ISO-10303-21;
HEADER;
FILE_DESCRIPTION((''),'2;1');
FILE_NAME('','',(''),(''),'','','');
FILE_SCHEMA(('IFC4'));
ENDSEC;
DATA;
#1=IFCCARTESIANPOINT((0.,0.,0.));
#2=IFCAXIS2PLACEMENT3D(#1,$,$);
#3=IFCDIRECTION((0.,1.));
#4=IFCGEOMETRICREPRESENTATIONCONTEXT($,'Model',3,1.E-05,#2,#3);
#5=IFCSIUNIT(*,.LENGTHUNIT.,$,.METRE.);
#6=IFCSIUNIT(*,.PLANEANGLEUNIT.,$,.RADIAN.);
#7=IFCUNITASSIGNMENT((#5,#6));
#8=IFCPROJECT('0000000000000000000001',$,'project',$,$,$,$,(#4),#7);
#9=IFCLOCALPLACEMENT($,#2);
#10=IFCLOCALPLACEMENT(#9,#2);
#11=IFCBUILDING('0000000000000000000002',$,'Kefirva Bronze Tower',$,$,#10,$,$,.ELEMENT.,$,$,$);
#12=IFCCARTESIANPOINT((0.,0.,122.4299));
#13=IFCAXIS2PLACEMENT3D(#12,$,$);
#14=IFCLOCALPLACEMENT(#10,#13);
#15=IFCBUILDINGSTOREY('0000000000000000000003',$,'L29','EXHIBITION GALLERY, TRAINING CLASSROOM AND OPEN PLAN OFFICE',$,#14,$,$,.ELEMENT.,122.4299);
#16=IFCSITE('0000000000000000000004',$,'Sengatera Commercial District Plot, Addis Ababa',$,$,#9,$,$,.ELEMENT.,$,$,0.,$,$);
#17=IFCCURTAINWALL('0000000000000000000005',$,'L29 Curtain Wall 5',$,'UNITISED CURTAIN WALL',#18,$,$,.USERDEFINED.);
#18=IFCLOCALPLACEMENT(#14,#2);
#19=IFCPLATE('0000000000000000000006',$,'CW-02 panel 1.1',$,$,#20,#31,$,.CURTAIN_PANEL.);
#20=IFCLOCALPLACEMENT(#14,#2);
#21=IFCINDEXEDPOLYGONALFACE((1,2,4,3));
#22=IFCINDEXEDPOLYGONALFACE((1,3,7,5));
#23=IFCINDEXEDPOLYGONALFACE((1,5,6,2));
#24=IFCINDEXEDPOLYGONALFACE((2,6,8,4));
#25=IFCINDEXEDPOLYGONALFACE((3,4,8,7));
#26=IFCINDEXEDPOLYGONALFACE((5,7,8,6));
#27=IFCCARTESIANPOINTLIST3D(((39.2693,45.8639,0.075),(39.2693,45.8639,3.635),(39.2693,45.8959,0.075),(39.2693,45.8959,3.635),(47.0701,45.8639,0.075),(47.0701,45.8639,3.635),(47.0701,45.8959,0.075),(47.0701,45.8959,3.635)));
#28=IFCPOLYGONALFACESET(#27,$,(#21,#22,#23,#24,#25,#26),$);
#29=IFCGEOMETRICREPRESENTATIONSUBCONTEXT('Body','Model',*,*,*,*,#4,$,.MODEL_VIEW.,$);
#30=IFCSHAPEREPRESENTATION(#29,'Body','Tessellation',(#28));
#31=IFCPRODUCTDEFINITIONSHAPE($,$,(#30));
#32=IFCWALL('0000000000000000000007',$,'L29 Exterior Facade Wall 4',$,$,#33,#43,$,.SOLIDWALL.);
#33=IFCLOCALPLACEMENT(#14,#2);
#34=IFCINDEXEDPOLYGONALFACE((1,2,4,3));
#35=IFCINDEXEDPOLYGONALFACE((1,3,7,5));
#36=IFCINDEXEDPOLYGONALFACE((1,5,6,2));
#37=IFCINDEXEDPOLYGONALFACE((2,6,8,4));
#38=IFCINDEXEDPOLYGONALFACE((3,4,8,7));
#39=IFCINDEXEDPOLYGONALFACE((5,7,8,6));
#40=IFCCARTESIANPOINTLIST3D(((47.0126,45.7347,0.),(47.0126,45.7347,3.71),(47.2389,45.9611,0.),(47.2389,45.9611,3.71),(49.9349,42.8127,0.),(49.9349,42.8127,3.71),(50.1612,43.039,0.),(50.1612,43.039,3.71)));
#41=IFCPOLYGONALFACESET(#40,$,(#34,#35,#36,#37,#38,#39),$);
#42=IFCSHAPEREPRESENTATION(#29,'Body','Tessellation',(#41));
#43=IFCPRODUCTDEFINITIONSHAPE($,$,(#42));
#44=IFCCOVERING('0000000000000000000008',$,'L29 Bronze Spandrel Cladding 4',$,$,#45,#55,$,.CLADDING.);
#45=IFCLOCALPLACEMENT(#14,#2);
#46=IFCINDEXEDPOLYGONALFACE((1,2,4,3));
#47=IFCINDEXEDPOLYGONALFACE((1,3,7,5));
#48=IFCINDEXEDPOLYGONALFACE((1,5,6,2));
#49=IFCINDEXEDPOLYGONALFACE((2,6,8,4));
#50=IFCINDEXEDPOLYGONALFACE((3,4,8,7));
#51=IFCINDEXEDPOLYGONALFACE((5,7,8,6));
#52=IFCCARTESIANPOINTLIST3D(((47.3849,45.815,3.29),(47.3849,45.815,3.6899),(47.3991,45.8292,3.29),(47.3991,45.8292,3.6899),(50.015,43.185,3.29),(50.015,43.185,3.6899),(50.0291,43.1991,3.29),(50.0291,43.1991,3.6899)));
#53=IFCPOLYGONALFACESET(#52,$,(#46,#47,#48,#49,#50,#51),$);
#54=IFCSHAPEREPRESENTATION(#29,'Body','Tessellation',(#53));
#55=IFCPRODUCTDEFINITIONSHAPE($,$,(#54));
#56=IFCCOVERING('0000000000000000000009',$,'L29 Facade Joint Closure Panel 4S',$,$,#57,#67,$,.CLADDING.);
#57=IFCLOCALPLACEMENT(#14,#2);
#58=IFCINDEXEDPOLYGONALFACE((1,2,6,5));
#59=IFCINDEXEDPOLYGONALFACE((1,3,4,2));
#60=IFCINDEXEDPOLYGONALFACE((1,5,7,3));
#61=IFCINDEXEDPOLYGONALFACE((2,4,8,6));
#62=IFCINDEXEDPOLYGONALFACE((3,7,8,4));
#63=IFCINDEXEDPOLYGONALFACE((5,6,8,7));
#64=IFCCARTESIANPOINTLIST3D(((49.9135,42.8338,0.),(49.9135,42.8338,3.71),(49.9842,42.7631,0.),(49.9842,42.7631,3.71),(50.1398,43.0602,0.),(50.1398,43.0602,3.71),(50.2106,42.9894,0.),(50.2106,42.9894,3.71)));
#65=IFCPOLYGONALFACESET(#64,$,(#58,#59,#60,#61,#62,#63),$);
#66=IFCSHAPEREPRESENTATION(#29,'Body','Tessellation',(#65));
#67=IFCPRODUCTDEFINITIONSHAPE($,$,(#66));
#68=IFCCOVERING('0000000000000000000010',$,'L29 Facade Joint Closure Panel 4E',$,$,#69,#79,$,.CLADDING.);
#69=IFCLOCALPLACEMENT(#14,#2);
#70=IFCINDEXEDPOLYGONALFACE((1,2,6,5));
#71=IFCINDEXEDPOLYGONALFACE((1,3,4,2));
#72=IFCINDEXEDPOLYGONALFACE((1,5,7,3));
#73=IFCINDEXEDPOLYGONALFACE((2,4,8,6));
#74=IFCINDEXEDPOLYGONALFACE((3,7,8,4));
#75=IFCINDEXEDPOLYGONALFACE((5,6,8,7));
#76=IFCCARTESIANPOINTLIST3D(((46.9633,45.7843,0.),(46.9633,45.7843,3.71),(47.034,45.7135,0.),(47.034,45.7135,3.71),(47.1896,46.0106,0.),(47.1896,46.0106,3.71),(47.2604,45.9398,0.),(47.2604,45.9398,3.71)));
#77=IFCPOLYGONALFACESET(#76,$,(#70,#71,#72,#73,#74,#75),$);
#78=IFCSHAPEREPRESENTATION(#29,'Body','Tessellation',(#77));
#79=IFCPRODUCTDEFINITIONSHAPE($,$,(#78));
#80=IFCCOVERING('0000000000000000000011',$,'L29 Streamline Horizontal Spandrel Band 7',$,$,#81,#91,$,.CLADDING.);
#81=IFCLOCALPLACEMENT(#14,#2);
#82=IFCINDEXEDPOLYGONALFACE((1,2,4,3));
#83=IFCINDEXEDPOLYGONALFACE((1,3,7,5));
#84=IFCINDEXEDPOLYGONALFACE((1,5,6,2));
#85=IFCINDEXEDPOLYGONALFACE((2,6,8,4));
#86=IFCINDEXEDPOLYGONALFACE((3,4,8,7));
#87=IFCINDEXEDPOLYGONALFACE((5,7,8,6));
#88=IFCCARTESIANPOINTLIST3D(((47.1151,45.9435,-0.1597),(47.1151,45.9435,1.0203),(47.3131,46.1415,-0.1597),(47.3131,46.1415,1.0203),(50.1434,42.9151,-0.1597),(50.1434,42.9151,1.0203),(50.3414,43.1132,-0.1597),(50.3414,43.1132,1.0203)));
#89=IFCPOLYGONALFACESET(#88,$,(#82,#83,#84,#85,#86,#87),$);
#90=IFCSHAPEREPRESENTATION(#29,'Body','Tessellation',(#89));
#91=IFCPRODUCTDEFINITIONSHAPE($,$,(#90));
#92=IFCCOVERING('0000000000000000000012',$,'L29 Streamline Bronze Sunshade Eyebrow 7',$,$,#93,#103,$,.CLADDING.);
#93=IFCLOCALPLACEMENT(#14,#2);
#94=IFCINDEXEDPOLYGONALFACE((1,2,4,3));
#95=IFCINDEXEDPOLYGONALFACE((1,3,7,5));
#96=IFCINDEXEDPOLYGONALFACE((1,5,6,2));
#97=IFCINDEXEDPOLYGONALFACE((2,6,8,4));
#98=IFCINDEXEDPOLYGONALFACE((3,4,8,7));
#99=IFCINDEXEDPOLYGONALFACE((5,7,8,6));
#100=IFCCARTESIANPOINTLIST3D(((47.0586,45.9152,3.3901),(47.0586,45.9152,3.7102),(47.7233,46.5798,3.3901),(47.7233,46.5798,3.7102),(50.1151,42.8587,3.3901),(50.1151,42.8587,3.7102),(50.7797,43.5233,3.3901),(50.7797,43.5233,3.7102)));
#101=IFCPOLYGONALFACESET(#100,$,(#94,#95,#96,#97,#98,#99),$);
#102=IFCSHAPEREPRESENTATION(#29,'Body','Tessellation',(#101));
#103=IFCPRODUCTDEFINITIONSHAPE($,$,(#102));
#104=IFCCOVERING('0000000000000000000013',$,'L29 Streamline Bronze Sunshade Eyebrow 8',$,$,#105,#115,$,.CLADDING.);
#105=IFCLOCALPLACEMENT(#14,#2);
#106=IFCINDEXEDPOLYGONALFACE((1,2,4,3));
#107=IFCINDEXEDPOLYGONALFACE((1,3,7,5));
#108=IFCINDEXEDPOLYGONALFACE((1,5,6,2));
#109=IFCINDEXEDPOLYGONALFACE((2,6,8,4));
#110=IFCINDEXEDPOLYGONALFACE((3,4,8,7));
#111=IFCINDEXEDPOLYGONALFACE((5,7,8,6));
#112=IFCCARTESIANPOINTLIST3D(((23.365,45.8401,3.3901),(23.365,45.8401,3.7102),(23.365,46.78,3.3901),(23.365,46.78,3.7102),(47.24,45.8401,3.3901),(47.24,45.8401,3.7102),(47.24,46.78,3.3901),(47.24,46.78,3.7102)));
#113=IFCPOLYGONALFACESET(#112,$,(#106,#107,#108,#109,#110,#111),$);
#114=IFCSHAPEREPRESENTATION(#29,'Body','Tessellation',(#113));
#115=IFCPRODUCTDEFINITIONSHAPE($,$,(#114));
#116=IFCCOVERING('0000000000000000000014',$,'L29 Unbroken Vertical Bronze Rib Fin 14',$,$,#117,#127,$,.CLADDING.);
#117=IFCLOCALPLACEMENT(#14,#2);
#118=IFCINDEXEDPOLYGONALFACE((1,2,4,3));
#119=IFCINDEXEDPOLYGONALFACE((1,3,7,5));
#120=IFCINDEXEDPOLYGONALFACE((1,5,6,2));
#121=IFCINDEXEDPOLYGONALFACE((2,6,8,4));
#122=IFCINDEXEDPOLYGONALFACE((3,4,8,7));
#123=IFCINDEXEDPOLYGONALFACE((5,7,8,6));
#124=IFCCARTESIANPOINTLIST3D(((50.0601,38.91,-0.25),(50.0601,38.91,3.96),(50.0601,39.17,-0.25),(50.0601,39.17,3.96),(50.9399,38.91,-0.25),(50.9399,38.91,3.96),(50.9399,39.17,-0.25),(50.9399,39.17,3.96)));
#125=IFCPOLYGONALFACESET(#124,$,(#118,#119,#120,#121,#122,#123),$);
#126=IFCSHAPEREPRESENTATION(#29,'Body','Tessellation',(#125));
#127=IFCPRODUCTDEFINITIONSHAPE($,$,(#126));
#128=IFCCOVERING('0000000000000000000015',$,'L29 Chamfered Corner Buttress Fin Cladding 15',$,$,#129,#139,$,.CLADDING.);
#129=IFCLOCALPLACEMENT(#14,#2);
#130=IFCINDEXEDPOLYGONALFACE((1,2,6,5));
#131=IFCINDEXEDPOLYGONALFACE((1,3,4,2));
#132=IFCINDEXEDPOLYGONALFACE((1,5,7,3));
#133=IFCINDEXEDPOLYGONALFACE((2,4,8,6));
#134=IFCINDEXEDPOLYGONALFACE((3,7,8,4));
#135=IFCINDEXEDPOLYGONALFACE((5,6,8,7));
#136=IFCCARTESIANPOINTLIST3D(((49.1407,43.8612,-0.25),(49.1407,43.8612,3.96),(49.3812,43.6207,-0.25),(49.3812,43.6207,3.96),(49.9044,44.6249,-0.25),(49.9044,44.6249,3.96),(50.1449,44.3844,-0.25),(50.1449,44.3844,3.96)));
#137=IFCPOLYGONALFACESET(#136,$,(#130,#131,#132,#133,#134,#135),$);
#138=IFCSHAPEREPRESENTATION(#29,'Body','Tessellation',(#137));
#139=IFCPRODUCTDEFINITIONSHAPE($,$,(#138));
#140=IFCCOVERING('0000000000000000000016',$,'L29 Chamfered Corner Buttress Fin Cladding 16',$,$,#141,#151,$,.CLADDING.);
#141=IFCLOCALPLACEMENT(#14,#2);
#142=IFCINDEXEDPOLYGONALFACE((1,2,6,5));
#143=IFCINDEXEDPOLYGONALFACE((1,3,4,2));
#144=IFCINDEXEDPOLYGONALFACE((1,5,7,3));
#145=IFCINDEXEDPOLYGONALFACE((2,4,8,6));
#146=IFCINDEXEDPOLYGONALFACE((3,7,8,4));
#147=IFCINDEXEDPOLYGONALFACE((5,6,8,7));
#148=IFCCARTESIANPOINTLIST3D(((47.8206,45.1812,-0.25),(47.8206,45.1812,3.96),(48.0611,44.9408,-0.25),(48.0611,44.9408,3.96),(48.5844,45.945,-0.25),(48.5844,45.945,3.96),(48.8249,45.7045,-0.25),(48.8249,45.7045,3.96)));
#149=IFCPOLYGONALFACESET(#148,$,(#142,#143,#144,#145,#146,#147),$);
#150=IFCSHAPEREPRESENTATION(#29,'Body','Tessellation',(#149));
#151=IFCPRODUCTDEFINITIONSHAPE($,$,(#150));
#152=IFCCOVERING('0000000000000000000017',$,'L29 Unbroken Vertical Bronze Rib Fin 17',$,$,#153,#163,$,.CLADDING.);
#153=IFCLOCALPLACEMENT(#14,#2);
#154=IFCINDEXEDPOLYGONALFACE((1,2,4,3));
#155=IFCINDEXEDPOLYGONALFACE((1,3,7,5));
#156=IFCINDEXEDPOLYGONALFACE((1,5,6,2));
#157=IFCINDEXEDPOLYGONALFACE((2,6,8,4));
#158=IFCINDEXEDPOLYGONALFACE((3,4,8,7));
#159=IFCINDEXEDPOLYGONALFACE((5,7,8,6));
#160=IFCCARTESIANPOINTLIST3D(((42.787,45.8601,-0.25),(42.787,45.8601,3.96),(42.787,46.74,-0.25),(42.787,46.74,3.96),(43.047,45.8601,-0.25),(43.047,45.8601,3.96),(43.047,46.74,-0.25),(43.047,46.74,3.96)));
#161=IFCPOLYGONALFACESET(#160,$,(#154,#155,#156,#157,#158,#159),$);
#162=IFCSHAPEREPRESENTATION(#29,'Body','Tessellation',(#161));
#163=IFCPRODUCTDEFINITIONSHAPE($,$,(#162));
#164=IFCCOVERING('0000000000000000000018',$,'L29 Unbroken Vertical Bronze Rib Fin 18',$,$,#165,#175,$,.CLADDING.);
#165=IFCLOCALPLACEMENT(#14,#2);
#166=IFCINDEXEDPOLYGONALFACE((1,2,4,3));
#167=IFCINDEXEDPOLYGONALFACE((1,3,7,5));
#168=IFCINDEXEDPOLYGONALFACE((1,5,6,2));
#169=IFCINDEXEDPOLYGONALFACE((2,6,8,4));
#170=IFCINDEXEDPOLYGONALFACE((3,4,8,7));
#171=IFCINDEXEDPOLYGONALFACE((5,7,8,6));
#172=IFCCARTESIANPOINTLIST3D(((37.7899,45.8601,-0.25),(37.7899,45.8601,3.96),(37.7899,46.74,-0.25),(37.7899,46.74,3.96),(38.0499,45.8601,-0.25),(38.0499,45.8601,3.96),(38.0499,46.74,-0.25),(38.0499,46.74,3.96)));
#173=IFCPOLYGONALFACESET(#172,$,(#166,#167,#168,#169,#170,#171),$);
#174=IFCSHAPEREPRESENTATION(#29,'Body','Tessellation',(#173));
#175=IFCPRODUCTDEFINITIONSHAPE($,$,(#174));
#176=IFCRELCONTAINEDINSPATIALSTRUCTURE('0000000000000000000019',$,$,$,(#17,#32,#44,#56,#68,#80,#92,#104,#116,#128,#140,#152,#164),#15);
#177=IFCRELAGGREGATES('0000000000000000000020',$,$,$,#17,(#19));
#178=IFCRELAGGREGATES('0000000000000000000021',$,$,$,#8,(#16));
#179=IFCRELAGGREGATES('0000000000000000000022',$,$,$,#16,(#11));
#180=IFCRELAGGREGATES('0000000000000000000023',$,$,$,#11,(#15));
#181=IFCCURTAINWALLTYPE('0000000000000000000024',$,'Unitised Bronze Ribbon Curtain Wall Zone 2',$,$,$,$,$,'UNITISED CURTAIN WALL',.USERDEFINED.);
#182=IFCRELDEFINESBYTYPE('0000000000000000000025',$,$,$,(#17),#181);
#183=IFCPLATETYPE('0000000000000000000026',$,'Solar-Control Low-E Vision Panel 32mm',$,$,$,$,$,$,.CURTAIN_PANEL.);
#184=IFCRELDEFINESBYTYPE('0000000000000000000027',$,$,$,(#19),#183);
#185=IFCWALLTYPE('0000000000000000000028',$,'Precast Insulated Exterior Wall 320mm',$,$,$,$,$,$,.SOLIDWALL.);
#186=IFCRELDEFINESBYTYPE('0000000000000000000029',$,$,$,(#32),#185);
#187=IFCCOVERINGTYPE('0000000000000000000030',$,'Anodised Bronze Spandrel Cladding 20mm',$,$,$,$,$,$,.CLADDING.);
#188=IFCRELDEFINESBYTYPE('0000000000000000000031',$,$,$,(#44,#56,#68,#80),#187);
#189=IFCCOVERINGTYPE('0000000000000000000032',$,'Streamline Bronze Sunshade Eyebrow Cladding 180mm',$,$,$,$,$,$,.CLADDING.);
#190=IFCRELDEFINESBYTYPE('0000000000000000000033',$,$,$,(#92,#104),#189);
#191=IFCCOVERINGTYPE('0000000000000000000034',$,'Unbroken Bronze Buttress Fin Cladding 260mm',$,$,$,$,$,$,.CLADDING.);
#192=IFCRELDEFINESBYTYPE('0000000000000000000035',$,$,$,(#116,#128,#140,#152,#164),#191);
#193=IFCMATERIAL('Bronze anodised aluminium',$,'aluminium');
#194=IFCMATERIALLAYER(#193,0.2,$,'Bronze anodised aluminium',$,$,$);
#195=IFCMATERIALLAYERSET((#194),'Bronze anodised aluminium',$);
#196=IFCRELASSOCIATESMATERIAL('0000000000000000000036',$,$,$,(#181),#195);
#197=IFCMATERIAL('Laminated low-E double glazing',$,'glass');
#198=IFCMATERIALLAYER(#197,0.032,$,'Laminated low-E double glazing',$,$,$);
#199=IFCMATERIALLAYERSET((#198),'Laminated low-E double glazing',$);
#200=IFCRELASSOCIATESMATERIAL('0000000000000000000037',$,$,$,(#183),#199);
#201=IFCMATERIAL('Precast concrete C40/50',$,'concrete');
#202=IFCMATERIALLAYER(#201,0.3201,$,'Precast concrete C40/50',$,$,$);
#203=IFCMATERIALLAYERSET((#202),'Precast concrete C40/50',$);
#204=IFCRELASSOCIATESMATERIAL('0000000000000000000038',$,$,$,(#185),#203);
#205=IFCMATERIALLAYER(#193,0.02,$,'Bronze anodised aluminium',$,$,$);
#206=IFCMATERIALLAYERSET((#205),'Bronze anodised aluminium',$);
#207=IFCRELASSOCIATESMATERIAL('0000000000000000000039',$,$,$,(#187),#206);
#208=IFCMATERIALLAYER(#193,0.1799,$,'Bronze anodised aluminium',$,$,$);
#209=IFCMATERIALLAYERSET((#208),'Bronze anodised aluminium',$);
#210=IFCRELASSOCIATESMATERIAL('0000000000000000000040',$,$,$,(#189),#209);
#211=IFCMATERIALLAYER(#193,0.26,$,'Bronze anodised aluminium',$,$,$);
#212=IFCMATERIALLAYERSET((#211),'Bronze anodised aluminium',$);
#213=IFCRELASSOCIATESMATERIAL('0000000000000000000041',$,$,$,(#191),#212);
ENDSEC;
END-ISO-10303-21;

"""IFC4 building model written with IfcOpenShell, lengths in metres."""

from ifc_helpers import new_model, si_unit, direction, frame, frame_2d, origin, origin_2d, place, context, subcontext, project, spatial, rectangle, extrude, material, layer, layer_set, type_object, element, aggregate, save


model = new_model("IFC4")

# Units and contexts
model_context = context("Model", 3, precision=1e-05, world=origin(), true_north=direction((0.0, 1.0)))
body_context = subcontext(model_context, "Body", "Model", "MODEL_VIEW")
ifc_project = project(units=[si_unit("LENGTHUNIT", "METRE"), si_unit("PLANEANGLEUNIT", "RADIAN")], contexts=[model_context])

# Site, building, storey
site_placement = place(None, origin())
site = spatial("IfcSite", under=ifc_project, at=site_placement, Name="Sengatera Commercial District Plot, Addis Ababa", CompositionType="ELEMENT", RefElevation=0.0)
building_placement = place(site_placement, origin())
building = spatial("IfcBuilding", under=site, at=building_placement, Name="Kefirva Bronze Tower", CompositionType="ELEMENT")
storey_placement = place(building_placement, frame((0.0, 0.0, 122.4299)))
storey = spatial("IfcBuildingStorey", under=building, at=storey_placement, Name="L29", Description="EXHIBITION GALLERY, TRAINING CLASSROOM AND OPEN PLAN OFFICE", CompositionType="ELEMENT", Elevation=122.4299)

# Shared definitions
ifc_material_1 = material(Name="Bronze anodised aluminium", Category="aluminium")
ifc_layer_1 = layer(ifc_material_1, 0.2, Name="Bronze anodised aluminium")
ifc_layer_set_1 = layer_set([ifc_layer_1], Name="Bronze anodised aluminium")
curtain_wall_type = type_object("IfcCurtainWallType", Name="Unitised Bronze Ribbon Curtain Wall Zone 2", ElementType="UNITISED CURTAIN WALL", PredefinedType="USERDEFINED", material=ifc_layer_set_1)

# Curtain wall
curtain_wall_1_placement = place(storey_placement, origin())
curtain_wall_1 = element("IfcCurtainWall", 1, at=curtain_wall_1_placement, inside=storey, type_object=curtain_wall_type, Name="L29 Curtain Wall 5", ObjectType="UNITISED CURTAIN WALL", PredefinedType="USERDEFINED")

# Plate
ifc_material_2 = material(Name="Laminated low-E double glazing", Category="glass")
ifc_layer_2 = layer(ifc_material_2, 0.032, Name="Laminated low-E double glazing")
ifc_layer_set_2 = layer_set([ifc_layer_2], Name="Laminated low-E double glazing")
plate_type = type_object("IfcPlateType", Name="Solar-Control Low-E Vision Panel 32mm", PredefinedType="CURTAIN_PANEL", material=ifc_layer_set_2)
plate_placement = place(storey_placement, frame((43.1697, 45.8799, 0.075), z_axis=(0.0, 0.0, 1.0), x_axis=(-1.0, 0.0, 0.0)))
plate = element("IfcPlate", 2, at=plate_placement, type_object=plate_type, Name="CW-02 panel 1.1", PredefinedType="CURTAIN_PANEL", context=body_context, shape_type="SweptSolid", body=[
    extrude(rectangle(XDim=7.8008, YDim=0.032, at=origin_2d()), origin(), (0.0, 0.0, 1.0), 3.5601),
])
aggregate(curtain_wall_1, [plate])

# Wall
ifc_material_3 = material(Name="Precast concrete C40/50", Category="concrete")
ifc_layer_3 = layer(ifc_material_3, 0.3201, Name="Precast concrete C40/50")
ifc_layer_set_3 = layer_set([ifc_layer_3], Name="Precast concrete C40/50")
wall_type = type_object("IfcWallType", Name="Precast Insulated Exterior Wall 320mm", PredefinedType="SOLIDWALL", material=ifc_layer_set_3)
wall_placement = place(storey_placement, frame((50.0481, 42.9258, 0.0), z_axis=(0.0, 0.0, 1.0), x_axis=(-0.707136, 0.707077, 0.0)))
element("IfcWall", 3, at=wall_placement, inside=storey, type_object=wall_type, Name="L29 Exterior Facade Wall 4", PredefinedType="SOLIDWALL", context=body_context, shape_type="SweptSolid", body=[
    extrude(rectangle(XDim=4.1326, YDim=0.3201, at=frame_2d((2.0664, 0.0))), origin(), (0.0, 0.0, 1.0), 3.71),
])

# Coverings
ifc_layer_4 = layer(ifc_material_1, 0.02, Name="Bronze anodised aluminium")
ifc_layer_set_4 = layer_set([ifc_layer_4], Name="Bronze anodised aluminium")
covering_type_1 = type_object("IfcCoveringType", Name="Anodised Bronze Spandrel Cladding 20mm", PredefinedType="CLADDING", material=ifc_layer_set_4)
covering_1_placement = place(storey_placement, frame((48.707, 44.5071, 3.29), z_axis=(0.0, 0.0, 1.0), x_axis=(-0.707107, 0.707107, 0.0)))
element("IfcCovering", 4, at=covering_1_placement, inside=storey, type_object=covering_type_1, Name="L29 Bronze Spandrel Cladding 4", PredefinedType="CLADDING", context=body_context, shape_type="SweptSolid", body=[
    extrude(rectangle(XDim=3.7195, YDim=0.02, at=origin_2d()), origin(), (0.0, 0.0, 1.0), 0.3999),
])
for number, where, z_axis, x_axis, name in (
    (5, (50.062, 42.9116, 0.0), (0.0, 0.0, 1.0), (-0.707107, 0.707107, 0.0), "L29 Facade Joint Closure Panel 4S"),
    (6, (47.1118, 45.8621, 0.0), (0.0, 0.0, 1.0), (-0.707107, 0.707107, 0.0), "L29 Facade Joint Closure Panel 4E"),
):
    element("IfcCovering", number, at=place(storey_placement, frame(where, z_axis=z_axis, x_axis=x_axis)), inside=storey, type_object=covering_type_1, Name=name, PredefinedType="CLADDING", context=body_context, shape_type="SweptSolid", body=[
        extrude(rectangle(XDim=0.1001, YDim=0.3201, at=origin_2d()), origin(), (0.0, 0.0, 1.0), 3.71),
    ])
covering_2_placement = place(storey_placement, frame((48.7283, 44.5283, -0.1597), z_axis=(0.0, 0.0, 1.0), x_axis=(-0.707107, 0.707107, 0.0)))
element("IfcCovering", 7, at=covering_2_placement, inside=storey, type_object=covering_type_1, Name="L29 Streamline Horizontal Spandrel Band 7", PredefinedType="CLADDING", context=body_context, shape_type="SweptSolid", body=[
    extrude(rectangle(XDim=4.2827, YDim=0.28, at=origin_2d()), origin(), (0.0, 0.0, 1.0), 1.1799),
])
ifc_layer_5 = layer(ifc_material_1, 0.1799, Name="Bronze anodised aluminium")
ifc_layer_set_5 = layer_set([ifc_layer_5], Name="Bronze anodised aluminium")
covering_type_2 = type_object("IfcCoveringType", Name="Streamline Bronze Sunshade Eyebrow Cladding 180mm", PredefinedType="CLADDING", material=ifc_layer_set_5)
covering_3_placement = place(storey_placement, frame((48.9192, 44.7192, 3.3901), z_axis=(0.0, 0.0, 1.0), x_axis=(-0.707107, 0.707107, 0.0)))
element("IfcCovering", 8, at=covering_3_placement, inside=storey, type_object=covering_type_2, Name="L29 Streamline Bronze Sunshade Eyebrow 7", PredefinedType="CLADDING", context=body_context, shape_type="SweptSolid", body=[
    extrude(rectangle(XDim=4.3225, YDim=0.9399, at=origin_2d()), origin(), (0.0, 0.0, 1.0), 0.3201),
])
covering_4_placement = place(storey_placement, frame((35.3025, 46.3101, 3.3901), z_axis=(0.0, 0.0, 1.0), x_axis=(-1.0, 0.0, 0.0)))
element("IfcCovering", 9, at=covering_4_placement, inside=storey, type_object=covering_type_2, Name="L29 Streamline Bronze Sunshade Eyebrow 8", PredefinedType="CLADDING", context=body_context, shape_type="SweptSolid", body=[
    extrude(rectangle(XDim=23.875, YDim=0.9399, at=origin_2d()), origin(), (0.0, 0.0, 1.0), 0.3201),
])
ifc_layer_6 = layer(ifc_material_1, 0.26, Name="Bronze anodised aluminium")
ifc_layer_set_6 = layer_set([ifc_layer_6], Name="Bronze anodised aluminium")
covering_type_3 = type_object("IfcCoveringType", Name="Unbroken Bronze Buttress Fin Cladding 260mm", PredefinedType="CLADDING", material=ifc_layer_set_6)
covering_5_placement = place(storey_placement, frame((50.5, 39.04, -0.25), z_axis=(0.0, 0.0, 1.0), x_axis=(0.0, 1.0, 0.0)))
element("IfcCovering", 10, at=covering_5_placement, inside=storey, type_object=covering_type_3, Name="L29 Unbroken Vertical Bronze Rib Fin 14", PredefinedType="CLADDING", context=body_context, shape_type="SweptSolid", body=[
    extrude(rectangle(XDim=0.26, YDim=0.8799, at=origin_2d()), origin(), (0.0, 0.0, 1.0), 4.21),
])
for number, where, z_axis, x_axis, name in (
    (11, (49.6428, 44.1228, -0.25), (0.0, 0.0, 1.0), (-0.707107, 0.707107, 0.0), "L29 Chamfered Corner Buttress Fin Cladding 15"),
    (12, (48.3228, 45.4429, -0.25), (0.0, 0.0, 1.0), (-0.707107, 0.707107, 0.0), "L29 Chamfered Corner Buttress Fin Cladding 16"),
):
    element("IfcCovering", number, at=place(storey_placement, frame(where, z_axis=z_axis, x_axis=x_axis)), inside=storey, type_object=covering_type_3, Name=name, PredefinedType="CLADDING", context=body_context, shape_type="SweptSolid", body=[
        extrude(rectangle(XDim=0.3401, YDim=1.0801, at=origin_2d()), origin(), (0.0, 0.0, 1.0), 4.21),
    ])
for number, where, z_axis, x_axis, name in (
    (13, (42.917, 46.3, -0.25), (0.0, 0.0, 1.0), (-1.0, 0.0, 0.0), "L29 Unbroken Vertical Bronze Rib Fin 17"),
    (14, (37.9199, 46.3, -0.25), (0.0, 0.0, 1.0), (-1.0, 0.0, 0.0), "L29 Unbroken Vertical Bronze Rib Fin 18"),
):
    element("IfcCovering", number, at=place(storey_placement, frame(where, z_axis=z_axis, x_axis=x_axis)), inside=storey, type_object=covering_type_3, Name=name, PredefinedType="CLADDING", context=body_context, shape_type="SweptSolid", body=[
        extrude(rectangle(XDim=0.26, YDim=0.8799, at=origin_2d()), origin(), (0.0, 0.0, 1.0), 4.21),
    ])

save(model, "model.ifc")
